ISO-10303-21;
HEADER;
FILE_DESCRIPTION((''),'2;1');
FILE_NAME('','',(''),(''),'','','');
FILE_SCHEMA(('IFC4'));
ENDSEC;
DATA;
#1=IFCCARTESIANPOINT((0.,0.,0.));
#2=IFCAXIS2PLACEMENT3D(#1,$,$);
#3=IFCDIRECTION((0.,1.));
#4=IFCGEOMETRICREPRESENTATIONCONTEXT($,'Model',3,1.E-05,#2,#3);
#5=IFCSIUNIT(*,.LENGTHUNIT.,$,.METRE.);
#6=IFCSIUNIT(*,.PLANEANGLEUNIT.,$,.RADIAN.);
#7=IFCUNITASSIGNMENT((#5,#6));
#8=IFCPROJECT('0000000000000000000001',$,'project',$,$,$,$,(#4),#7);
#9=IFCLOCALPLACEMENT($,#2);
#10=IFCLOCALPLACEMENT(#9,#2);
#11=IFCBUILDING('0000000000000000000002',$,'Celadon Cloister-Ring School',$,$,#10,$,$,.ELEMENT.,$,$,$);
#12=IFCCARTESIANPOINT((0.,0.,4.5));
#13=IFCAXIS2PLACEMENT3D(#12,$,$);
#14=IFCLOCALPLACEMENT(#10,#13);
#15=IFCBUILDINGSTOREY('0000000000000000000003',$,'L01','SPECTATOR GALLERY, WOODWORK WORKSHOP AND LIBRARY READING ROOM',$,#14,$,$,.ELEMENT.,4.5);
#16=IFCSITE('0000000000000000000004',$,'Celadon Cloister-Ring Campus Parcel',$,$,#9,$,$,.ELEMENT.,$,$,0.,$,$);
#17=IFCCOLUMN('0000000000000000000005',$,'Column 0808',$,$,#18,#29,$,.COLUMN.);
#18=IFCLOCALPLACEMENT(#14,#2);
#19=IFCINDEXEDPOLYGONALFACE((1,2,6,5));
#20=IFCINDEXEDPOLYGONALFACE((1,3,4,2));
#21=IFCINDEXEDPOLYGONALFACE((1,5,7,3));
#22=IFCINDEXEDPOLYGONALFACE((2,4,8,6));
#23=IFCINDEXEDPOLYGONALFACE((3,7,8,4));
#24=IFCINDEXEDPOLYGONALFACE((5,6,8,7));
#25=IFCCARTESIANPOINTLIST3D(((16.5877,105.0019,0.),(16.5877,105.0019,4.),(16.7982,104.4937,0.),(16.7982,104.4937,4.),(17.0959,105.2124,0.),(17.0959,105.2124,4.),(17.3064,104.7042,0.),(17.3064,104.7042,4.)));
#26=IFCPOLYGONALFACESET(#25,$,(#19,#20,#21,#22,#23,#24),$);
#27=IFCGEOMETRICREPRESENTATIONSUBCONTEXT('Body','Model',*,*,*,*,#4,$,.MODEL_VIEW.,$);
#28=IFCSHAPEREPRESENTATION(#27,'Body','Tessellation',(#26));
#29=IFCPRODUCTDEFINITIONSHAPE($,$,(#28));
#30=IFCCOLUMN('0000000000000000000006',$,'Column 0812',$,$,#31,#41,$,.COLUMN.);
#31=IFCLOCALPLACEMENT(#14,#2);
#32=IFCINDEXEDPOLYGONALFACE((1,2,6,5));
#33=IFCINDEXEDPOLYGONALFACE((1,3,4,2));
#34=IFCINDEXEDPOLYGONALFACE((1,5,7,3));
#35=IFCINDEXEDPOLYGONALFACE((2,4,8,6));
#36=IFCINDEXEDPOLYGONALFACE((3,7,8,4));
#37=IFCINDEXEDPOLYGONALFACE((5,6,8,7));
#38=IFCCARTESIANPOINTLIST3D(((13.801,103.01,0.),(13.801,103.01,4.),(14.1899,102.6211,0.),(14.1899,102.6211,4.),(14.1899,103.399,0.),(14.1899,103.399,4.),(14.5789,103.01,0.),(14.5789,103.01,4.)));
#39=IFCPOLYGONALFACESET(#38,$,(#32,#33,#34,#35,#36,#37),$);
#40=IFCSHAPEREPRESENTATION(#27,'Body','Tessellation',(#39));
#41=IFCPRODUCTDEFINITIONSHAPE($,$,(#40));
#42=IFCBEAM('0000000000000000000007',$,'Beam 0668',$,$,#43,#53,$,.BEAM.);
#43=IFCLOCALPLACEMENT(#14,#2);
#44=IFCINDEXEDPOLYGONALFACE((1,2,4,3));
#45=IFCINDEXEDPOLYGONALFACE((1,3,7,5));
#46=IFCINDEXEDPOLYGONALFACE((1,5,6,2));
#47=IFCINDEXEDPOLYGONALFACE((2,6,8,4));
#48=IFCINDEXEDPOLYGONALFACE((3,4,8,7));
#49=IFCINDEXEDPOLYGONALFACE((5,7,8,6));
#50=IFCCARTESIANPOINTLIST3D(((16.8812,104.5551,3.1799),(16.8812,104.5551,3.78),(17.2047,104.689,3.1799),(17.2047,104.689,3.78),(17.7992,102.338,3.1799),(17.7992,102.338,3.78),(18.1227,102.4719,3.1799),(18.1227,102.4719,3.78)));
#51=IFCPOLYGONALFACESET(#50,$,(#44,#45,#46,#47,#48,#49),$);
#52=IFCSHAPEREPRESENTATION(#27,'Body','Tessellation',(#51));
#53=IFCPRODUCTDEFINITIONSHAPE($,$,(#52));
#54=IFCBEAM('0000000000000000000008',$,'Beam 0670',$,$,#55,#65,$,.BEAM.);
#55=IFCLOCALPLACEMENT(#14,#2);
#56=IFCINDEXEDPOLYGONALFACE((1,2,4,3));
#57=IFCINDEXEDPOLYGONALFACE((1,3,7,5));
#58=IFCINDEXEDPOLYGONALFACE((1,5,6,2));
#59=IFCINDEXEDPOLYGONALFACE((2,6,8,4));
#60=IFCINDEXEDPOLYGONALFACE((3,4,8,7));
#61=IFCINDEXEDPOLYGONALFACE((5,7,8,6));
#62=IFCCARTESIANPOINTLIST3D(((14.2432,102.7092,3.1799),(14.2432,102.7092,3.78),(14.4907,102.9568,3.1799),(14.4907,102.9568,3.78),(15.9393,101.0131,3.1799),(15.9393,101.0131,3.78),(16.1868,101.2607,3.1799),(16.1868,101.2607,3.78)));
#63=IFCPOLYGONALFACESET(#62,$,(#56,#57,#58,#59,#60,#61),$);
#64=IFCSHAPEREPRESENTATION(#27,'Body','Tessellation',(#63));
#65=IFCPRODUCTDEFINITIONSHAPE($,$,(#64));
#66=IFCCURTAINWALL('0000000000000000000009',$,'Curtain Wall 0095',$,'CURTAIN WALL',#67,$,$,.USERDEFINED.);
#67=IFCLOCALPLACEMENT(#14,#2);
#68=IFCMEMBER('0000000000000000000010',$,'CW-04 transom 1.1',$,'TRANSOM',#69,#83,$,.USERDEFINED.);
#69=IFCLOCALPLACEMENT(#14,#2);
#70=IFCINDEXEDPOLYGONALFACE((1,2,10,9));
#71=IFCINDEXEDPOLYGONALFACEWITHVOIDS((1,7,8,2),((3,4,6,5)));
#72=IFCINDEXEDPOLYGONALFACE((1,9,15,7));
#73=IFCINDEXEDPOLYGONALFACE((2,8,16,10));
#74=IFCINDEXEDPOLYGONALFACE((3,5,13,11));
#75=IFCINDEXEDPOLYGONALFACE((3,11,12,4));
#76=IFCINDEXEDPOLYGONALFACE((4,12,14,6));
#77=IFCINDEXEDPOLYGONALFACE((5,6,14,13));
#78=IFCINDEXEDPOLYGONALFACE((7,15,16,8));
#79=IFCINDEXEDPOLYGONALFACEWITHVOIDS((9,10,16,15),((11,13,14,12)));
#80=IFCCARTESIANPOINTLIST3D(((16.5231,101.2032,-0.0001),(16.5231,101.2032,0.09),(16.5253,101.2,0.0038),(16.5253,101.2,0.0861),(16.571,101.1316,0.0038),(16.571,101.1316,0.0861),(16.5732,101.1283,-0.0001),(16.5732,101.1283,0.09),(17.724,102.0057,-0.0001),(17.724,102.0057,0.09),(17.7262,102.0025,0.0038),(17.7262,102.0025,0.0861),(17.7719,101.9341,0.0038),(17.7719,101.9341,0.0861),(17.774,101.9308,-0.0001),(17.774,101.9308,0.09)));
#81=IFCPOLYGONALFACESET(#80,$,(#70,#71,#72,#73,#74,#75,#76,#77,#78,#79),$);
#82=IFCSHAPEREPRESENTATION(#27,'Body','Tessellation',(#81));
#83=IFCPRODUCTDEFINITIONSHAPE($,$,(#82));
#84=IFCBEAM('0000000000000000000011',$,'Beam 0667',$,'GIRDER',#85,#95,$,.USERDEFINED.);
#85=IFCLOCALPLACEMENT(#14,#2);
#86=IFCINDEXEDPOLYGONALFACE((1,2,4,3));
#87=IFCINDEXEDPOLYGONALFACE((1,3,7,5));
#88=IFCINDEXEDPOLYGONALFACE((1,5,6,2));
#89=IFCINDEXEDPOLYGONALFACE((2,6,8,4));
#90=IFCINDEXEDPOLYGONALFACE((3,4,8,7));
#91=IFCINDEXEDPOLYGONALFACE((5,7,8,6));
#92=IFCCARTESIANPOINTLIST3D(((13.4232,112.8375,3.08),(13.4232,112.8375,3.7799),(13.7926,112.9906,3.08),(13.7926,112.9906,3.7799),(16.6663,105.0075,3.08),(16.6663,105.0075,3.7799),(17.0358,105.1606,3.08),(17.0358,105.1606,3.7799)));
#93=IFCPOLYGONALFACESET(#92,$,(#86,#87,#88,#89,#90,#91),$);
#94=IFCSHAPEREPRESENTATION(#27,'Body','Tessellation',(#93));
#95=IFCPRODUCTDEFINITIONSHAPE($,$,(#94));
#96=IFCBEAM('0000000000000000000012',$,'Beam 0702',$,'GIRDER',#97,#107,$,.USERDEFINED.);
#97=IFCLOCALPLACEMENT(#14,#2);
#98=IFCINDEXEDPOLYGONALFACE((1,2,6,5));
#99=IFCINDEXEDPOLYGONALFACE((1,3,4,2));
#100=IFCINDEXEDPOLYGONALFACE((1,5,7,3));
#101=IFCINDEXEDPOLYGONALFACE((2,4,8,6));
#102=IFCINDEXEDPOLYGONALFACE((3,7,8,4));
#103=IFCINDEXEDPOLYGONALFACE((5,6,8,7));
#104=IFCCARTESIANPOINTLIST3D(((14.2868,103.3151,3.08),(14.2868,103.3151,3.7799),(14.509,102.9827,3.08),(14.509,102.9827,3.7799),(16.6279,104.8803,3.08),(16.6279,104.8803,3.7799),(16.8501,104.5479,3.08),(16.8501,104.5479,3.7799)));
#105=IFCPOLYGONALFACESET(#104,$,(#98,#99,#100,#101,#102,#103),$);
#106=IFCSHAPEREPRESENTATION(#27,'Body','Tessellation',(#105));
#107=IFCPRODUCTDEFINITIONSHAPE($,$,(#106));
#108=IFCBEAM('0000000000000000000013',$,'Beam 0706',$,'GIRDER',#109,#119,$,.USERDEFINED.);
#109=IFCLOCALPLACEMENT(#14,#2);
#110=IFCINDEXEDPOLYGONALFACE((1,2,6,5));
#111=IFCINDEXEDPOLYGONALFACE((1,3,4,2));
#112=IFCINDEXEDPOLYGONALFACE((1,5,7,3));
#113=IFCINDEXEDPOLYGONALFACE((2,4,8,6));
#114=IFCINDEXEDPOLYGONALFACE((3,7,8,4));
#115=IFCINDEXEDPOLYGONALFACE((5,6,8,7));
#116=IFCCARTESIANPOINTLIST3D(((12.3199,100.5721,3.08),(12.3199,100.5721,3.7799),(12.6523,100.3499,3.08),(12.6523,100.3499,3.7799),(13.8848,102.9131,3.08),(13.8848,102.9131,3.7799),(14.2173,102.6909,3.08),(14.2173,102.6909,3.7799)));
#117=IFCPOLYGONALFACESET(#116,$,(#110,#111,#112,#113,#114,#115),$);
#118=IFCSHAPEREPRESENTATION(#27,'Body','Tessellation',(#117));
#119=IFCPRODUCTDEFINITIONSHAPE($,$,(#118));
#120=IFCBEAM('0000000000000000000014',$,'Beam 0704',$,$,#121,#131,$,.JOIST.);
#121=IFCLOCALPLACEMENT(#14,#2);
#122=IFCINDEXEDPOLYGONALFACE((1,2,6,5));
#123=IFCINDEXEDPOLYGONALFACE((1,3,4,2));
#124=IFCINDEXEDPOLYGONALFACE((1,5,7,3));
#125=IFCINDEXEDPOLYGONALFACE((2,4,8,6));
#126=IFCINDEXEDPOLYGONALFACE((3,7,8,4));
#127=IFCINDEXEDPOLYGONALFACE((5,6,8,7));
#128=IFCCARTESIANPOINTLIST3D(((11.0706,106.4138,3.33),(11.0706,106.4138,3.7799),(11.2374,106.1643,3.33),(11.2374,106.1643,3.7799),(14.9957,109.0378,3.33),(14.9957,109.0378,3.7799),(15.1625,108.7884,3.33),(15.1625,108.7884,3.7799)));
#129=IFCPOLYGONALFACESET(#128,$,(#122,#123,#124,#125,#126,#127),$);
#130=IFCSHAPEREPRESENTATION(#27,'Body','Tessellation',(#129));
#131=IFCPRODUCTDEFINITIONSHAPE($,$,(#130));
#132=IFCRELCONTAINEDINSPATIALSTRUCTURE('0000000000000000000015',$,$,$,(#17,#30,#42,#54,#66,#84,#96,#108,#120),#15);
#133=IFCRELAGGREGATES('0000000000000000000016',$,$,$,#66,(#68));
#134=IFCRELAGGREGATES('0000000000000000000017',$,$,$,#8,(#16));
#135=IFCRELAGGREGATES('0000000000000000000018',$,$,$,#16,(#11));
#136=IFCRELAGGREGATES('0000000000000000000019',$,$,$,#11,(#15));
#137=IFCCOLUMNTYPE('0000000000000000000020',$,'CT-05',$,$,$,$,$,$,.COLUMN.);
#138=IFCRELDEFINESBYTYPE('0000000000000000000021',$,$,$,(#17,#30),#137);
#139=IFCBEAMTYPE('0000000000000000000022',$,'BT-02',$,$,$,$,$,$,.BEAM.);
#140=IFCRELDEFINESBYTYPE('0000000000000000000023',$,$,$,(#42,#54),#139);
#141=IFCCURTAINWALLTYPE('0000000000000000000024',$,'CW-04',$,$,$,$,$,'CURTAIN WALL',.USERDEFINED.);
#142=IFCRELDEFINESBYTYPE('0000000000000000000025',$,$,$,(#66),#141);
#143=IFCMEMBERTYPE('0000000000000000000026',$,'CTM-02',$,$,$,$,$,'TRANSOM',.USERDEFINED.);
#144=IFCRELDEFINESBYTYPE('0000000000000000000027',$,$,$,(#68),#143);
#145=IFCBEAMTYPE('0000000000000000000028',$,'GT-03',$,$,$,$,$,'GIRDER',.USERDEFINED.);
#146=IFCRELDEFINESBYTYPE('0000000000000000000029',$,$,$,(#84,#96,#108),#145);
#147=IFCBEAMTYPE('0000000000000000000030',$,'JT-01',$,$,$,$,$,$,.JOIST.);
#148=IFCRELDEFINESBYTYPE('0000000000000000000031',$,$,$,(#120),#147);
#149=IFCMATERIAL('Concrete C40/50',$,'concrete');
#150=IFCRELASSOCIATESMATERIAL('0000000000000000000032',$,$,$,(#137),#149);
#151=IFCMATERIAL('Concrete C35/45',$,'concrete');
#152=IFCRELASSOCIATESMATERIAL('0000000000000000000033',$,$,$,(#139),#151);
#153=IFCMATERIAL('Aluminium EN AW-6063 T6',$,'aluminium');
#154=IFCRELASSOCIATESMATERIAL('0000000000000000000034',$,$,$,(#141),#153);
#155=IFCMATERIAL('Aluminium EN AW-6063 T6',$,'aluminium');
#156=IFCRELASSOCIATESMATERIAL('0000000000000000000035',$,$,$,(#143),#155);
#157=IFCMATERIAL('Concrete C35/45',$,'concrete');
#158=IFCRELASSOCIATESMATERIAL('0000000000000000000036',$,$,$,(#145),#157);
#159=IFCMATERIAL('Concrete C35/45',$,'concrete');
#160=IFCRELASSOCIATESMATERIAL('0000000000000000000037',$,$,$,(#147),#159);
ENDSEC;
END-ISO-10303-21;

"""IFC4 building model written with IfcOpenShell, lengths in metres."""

from ifc_helpers import new_model, si_unit, direction, frame, origin, origin_2d, place, context, subcontext, project, spatial, rectangle, hollow_rectangle, extrude, material, material_profile, profile_set, type_object, element, aggregate, save


model = new_model("IFC4")

# Units and contexts
model_context = context("Model", 3, precision=1e-05, world=origin(), true_north=direction((0.0, 1.0)))
body_context = subcontext(model_context, "Body", "Model", "MODEL_VIEW")
ifc_project = project(units=[si_unit("LENGTHUNIT", "METRE"), si_unit("PLANEANGLEUNIT", "RADIAN")], contexts=[model_context])

# Site, building, storey
site_placement = place(None, origin())
site = spatial("IfcSite", under=ifc_project, at=site_placement, Name="Celadon Cloister-Ring Campus Parcel", CompositionType="ELEMENT", RefElevation=0.0)
building_placement = place(site_placement, origin())
building = spatial("IfcBuilding", under=site, at=building_placement, Name="Celadon Cloister-Ring School", CompositionType="ELEMENT")
storey_placement = place(building_placement, frame((0.0, 0.0, 4.5)))
storey = spatial("IfcBuildingStorey", under=building, at=storey_placement, Name="L01", Description="SPECTATOR GALLERY, WOODWORK WORKSHOP AND LIBRARY READING ROOM", CompositionType="ELEMENT", Elevation=4.5)

# Columns
ifc_material_1 = material(Name="Concrete C40/50", Category="concrete")
ifc_material_profile_1 = material_profile(ifc_material_1, rectangle(XDim=0.55, YDim=0.55, at=origin_2d()), Name="RC550X550")
ifc_profile_set_1 = profile_set([ifc_material_profile_1], Name="Concrete C40/50")
column_type = type_object("IfcColumnType", Name="CT-05", PredefinedType="COLUMN", material=ifc_profile_set_1)
for number, where, z_axis, x_axis, name in (
    (1, (16.947, 104.853, 0.0), (0.0, 0.0, 1.0), (-0.382683, 0.92388, 0.0), "Column 0808"),
    (2, (14.1899, 103.01, 0.0), (0.0, 0.0, 1.0), (-0.707107, 0.707107, 0.0), "Column 0812"),
):
    element("IfcColumn", number, at=place(storey_placement, frame(where, z_axis=z_axis, x_axis=x_axis)), inside=storey, type_object=column_type, Name=name, PredefinedType="COLUMN", context=body_context, shape_type="SweptSolid", body=[
        extrude(rectangle(XDim=0.55, YDim=0.55, at=origin_2d()), origin(), (0.0, 0.0, 1.0), 4.0),
    ])

# Beams
ifc_material_2 = material(Name="Concrete C35/45", Category="concrete")
ifc_material_profile_2 = material_profile(ifc_material_2, rectangle(XDim=0.3501, YDim=0.6001, at=origin_2d()), Name="RC350X600")
ifc_profile_set_2 = profile_set([ifc_material_profile_2], Name="Concrete C35/45")
beam_type_1 = type_object("IfcBeamType", Name="BT-02", PredefinedType="BEAM", material=ifc_profile_set_2)
beam_1_placement = place(storey_placement, frame((17.043, 104.6221, 3.48), z_axis=(0.382555, -0.923933, 0.0), x_axis=(0.923933, 0.382555, 0.0)))
element("IfcBeam", 3, at=beam_1_placement, inside=storey, type_object=beam_type_1, Name="Beam 0668", PredefinedType="BEAM", context=body_context, shape_type="SweptSolid", body=[
    extrude(rectangle(XDim=0.3501, YDim=0.6001, at=origin_2d()), origin(), (0.0, 0.0, 1.0), 2.3997),
])
beam_2_placement = place(storey_placement, frame((14.3669, 102.833, 3.48), z_axis=(0.707107, -0.707107, 0.0), x_axis=(0.707107, 0.707107, 0.0)))
element("IfcBeam", 4, at=beam_2_placement, inside=storey, type_object=beam_type_1, Name="Beam 0670", PredefinedType="BEAM", context=body_context, shape_type="SweptSolid", body=[
    extrude(rectangle(XDim=0.3501, YDim=0.6001, at=origin_2d()), origin(), (0.0, 0.0, 1.0), 2.3987),
])

# Curtain wall, member
ifc_material_3 = material(Name="Aluminium EN AW-6063 T6", Category="aluminium")
curtain_wall_type = type_object("IfcCurtainWallType", Name="CW-04", ElementType="CURTAIN WALL", PredefinedType="USERDEFINED", material=ifc_material_3)
curtain_wall_placement = place(storey_placement, origin())
curtain_wall = element("IfcCurtainWall", 5, at=curtain_wall_placement, inside=storey, type_object=curtain_wall_type, Name="Curtain Wall 0095", ObjectType="CURTAIN WALL", PredefinedType="USERDEFINED")
ifc_material_4 = material(Name="Aluminium EN AW-6063 T6", Category="aluminium")
ifc_material_profile_3 = material_profile(ifc_material_4, hollow_rectangle(XDim=0.0901, YDim=0.0901, WallThickness=0.0039, at=origin_2d()), Name="RHS90X90X4")
ifc_profile_set_3 = profile_set([ifc_material_profile_3], Name="Aluminium EN AW-6063 T6")
member_type = type_object("IfcMemberType", Name="CTM-02", ElementType="TRANSOM", PredefinedType="USERDEFINED", material=ifc_profile_set_3)
member_placement = place(storey_placement, frame((17.749, 101.9683, 0.0449), z_axis=(-0.831452, -0.555597, 0.0), x_axis=(0.555597, -0.831452, 0.0)))
member = element("IfcMember", 6, at=member_placement, type_object=member_type, Name="CW-04 transom 1.1", ObjectType="TRANSOM", PredefinedType="USERDEFINED", context=body_context, shape_type="SweptSolid", body=[
    extrude(hollow_rectangle(XDim=0.0901, YDim=0.0901, WallThickness=0.0039, at=origin_2d()), origin(), (0.0, 0.0, 1.0), 1.4443),
])
aggregate(curtain_wall, [member])

# Beams
ifc_material_5 = material(Name="Concrete C35/45", Category="concrete")
ifc_material_profile_4 = material_profile(ifc_material_5, rectangle(XDim=0.3999, YDim=0.7, at=origin_2d()), Name="RC400X700")
ifc_profile_set_4 = profile_set([ifc_material_profile_4], Name="Concrete C35/45")
beam_type_2 = type_object("IfcBeamType", Name="GT-03", ElementType="GIRDER", PredefinedType="USERDEFINED", material=ifc_profile_set_4)
beam_3_placement = place(storey_placement, frame((13.6079, 112.9141, 3.4299), z_axis=(0.382667, -0.923886, 0.0), x_axis=(0.923886, 0.382667, 0.0)))
element("IfcBeam", 7, at=beam_3_placement, inside=storey, type_object=beam_type_2, Name="Beam 0667", ObjectType="GIRDER", PredefinedType="USERDEFINED", context=body_context, shape_type="SweptSolid", body=[
    extrude(rectangle(XDim=0.3999, YDim=0.7, at=origin_2d()), origin(), (0.0, 0.0, 1.0), 8.4751),
])
beam_4_placement = place(storey_placement, frame((16.739, 104.7141, 3.4299), z_axis=(-0.831316, -0.5558, 0.0), x_axis=(0.5558, -0.831316, 0.0)))
element("IfcBeam", 8, at=beam_4_placement, inside=storey, type_object=beam_type_2, Name="Beam 0702", ObjectType="GIRDER", PredefinedType="USERDEFINED", context=body_context, shape_type="SweptSolid", body=[
    extrude(rectangle(XDim=0.3999, YDim=0.7, at=origin_2d()), origin(), (0.0, 0.0, 1.0), 2.8162),
])
beam_5_placement = place(storey_placement, frame((14.051, 102.802, 3.4299), z_axis=(-0.55574, -0.831356, 0.0), x_axis=(0.831356, -0.55574, 0.0)))
element("IfcBeam", 9, at=beam_5_placement, inside=storey, type_object=beam_type_2, Name="Beam 0706", ObjectType="GIRDER", PredefinedType="USERDEFINED", context=body_context, shape_type="SweptSolid", body=[
    extrude(rectangle(XDim=0.3999, YDim=0.7, at=origin_2d()), origin(), (0.0, 0.0, 1.0), 2.8159),
])
ifc_material_6 = material(Name="Concrete C35/45", Category="concrete")
ifc_material_profile_5 = material_profile(ifc_material_6, rectangle(XDim=0.3, YDim=0.45, at=origin_2d()), Name="RC300X450")
ifc_profile_set_5 = profile_set([ifc_material_profile_5], Name="Concrete C35/45")
beam_type_3 = type_object("IfcBeamType", Name="JT-01", PredefinedType="JOIST", material=ifc_profile_set_5)
beam_6_placement = place(storey_placement, frame((15.0791, 108.9131, 3.5549), z_axis=(-0.831334, -0.555774, 0.0), x_axis=(0.555774, -0.831334, 0.0)))
element("IfcBeam", 10, at=beam_6_placement, inside=storey, type_object=beam_type_3, Name="Beam 0704", PredefinedType="JOIST", context=body_context, shape_type="SweptSolid", body=[
    extrude(rectangle(XDim=0.3, YDim=0.45, at=origin_2d()), origin(), (0.0, 0.0, 1.0), 4.7214),
])

save(model, "model.ifc")
